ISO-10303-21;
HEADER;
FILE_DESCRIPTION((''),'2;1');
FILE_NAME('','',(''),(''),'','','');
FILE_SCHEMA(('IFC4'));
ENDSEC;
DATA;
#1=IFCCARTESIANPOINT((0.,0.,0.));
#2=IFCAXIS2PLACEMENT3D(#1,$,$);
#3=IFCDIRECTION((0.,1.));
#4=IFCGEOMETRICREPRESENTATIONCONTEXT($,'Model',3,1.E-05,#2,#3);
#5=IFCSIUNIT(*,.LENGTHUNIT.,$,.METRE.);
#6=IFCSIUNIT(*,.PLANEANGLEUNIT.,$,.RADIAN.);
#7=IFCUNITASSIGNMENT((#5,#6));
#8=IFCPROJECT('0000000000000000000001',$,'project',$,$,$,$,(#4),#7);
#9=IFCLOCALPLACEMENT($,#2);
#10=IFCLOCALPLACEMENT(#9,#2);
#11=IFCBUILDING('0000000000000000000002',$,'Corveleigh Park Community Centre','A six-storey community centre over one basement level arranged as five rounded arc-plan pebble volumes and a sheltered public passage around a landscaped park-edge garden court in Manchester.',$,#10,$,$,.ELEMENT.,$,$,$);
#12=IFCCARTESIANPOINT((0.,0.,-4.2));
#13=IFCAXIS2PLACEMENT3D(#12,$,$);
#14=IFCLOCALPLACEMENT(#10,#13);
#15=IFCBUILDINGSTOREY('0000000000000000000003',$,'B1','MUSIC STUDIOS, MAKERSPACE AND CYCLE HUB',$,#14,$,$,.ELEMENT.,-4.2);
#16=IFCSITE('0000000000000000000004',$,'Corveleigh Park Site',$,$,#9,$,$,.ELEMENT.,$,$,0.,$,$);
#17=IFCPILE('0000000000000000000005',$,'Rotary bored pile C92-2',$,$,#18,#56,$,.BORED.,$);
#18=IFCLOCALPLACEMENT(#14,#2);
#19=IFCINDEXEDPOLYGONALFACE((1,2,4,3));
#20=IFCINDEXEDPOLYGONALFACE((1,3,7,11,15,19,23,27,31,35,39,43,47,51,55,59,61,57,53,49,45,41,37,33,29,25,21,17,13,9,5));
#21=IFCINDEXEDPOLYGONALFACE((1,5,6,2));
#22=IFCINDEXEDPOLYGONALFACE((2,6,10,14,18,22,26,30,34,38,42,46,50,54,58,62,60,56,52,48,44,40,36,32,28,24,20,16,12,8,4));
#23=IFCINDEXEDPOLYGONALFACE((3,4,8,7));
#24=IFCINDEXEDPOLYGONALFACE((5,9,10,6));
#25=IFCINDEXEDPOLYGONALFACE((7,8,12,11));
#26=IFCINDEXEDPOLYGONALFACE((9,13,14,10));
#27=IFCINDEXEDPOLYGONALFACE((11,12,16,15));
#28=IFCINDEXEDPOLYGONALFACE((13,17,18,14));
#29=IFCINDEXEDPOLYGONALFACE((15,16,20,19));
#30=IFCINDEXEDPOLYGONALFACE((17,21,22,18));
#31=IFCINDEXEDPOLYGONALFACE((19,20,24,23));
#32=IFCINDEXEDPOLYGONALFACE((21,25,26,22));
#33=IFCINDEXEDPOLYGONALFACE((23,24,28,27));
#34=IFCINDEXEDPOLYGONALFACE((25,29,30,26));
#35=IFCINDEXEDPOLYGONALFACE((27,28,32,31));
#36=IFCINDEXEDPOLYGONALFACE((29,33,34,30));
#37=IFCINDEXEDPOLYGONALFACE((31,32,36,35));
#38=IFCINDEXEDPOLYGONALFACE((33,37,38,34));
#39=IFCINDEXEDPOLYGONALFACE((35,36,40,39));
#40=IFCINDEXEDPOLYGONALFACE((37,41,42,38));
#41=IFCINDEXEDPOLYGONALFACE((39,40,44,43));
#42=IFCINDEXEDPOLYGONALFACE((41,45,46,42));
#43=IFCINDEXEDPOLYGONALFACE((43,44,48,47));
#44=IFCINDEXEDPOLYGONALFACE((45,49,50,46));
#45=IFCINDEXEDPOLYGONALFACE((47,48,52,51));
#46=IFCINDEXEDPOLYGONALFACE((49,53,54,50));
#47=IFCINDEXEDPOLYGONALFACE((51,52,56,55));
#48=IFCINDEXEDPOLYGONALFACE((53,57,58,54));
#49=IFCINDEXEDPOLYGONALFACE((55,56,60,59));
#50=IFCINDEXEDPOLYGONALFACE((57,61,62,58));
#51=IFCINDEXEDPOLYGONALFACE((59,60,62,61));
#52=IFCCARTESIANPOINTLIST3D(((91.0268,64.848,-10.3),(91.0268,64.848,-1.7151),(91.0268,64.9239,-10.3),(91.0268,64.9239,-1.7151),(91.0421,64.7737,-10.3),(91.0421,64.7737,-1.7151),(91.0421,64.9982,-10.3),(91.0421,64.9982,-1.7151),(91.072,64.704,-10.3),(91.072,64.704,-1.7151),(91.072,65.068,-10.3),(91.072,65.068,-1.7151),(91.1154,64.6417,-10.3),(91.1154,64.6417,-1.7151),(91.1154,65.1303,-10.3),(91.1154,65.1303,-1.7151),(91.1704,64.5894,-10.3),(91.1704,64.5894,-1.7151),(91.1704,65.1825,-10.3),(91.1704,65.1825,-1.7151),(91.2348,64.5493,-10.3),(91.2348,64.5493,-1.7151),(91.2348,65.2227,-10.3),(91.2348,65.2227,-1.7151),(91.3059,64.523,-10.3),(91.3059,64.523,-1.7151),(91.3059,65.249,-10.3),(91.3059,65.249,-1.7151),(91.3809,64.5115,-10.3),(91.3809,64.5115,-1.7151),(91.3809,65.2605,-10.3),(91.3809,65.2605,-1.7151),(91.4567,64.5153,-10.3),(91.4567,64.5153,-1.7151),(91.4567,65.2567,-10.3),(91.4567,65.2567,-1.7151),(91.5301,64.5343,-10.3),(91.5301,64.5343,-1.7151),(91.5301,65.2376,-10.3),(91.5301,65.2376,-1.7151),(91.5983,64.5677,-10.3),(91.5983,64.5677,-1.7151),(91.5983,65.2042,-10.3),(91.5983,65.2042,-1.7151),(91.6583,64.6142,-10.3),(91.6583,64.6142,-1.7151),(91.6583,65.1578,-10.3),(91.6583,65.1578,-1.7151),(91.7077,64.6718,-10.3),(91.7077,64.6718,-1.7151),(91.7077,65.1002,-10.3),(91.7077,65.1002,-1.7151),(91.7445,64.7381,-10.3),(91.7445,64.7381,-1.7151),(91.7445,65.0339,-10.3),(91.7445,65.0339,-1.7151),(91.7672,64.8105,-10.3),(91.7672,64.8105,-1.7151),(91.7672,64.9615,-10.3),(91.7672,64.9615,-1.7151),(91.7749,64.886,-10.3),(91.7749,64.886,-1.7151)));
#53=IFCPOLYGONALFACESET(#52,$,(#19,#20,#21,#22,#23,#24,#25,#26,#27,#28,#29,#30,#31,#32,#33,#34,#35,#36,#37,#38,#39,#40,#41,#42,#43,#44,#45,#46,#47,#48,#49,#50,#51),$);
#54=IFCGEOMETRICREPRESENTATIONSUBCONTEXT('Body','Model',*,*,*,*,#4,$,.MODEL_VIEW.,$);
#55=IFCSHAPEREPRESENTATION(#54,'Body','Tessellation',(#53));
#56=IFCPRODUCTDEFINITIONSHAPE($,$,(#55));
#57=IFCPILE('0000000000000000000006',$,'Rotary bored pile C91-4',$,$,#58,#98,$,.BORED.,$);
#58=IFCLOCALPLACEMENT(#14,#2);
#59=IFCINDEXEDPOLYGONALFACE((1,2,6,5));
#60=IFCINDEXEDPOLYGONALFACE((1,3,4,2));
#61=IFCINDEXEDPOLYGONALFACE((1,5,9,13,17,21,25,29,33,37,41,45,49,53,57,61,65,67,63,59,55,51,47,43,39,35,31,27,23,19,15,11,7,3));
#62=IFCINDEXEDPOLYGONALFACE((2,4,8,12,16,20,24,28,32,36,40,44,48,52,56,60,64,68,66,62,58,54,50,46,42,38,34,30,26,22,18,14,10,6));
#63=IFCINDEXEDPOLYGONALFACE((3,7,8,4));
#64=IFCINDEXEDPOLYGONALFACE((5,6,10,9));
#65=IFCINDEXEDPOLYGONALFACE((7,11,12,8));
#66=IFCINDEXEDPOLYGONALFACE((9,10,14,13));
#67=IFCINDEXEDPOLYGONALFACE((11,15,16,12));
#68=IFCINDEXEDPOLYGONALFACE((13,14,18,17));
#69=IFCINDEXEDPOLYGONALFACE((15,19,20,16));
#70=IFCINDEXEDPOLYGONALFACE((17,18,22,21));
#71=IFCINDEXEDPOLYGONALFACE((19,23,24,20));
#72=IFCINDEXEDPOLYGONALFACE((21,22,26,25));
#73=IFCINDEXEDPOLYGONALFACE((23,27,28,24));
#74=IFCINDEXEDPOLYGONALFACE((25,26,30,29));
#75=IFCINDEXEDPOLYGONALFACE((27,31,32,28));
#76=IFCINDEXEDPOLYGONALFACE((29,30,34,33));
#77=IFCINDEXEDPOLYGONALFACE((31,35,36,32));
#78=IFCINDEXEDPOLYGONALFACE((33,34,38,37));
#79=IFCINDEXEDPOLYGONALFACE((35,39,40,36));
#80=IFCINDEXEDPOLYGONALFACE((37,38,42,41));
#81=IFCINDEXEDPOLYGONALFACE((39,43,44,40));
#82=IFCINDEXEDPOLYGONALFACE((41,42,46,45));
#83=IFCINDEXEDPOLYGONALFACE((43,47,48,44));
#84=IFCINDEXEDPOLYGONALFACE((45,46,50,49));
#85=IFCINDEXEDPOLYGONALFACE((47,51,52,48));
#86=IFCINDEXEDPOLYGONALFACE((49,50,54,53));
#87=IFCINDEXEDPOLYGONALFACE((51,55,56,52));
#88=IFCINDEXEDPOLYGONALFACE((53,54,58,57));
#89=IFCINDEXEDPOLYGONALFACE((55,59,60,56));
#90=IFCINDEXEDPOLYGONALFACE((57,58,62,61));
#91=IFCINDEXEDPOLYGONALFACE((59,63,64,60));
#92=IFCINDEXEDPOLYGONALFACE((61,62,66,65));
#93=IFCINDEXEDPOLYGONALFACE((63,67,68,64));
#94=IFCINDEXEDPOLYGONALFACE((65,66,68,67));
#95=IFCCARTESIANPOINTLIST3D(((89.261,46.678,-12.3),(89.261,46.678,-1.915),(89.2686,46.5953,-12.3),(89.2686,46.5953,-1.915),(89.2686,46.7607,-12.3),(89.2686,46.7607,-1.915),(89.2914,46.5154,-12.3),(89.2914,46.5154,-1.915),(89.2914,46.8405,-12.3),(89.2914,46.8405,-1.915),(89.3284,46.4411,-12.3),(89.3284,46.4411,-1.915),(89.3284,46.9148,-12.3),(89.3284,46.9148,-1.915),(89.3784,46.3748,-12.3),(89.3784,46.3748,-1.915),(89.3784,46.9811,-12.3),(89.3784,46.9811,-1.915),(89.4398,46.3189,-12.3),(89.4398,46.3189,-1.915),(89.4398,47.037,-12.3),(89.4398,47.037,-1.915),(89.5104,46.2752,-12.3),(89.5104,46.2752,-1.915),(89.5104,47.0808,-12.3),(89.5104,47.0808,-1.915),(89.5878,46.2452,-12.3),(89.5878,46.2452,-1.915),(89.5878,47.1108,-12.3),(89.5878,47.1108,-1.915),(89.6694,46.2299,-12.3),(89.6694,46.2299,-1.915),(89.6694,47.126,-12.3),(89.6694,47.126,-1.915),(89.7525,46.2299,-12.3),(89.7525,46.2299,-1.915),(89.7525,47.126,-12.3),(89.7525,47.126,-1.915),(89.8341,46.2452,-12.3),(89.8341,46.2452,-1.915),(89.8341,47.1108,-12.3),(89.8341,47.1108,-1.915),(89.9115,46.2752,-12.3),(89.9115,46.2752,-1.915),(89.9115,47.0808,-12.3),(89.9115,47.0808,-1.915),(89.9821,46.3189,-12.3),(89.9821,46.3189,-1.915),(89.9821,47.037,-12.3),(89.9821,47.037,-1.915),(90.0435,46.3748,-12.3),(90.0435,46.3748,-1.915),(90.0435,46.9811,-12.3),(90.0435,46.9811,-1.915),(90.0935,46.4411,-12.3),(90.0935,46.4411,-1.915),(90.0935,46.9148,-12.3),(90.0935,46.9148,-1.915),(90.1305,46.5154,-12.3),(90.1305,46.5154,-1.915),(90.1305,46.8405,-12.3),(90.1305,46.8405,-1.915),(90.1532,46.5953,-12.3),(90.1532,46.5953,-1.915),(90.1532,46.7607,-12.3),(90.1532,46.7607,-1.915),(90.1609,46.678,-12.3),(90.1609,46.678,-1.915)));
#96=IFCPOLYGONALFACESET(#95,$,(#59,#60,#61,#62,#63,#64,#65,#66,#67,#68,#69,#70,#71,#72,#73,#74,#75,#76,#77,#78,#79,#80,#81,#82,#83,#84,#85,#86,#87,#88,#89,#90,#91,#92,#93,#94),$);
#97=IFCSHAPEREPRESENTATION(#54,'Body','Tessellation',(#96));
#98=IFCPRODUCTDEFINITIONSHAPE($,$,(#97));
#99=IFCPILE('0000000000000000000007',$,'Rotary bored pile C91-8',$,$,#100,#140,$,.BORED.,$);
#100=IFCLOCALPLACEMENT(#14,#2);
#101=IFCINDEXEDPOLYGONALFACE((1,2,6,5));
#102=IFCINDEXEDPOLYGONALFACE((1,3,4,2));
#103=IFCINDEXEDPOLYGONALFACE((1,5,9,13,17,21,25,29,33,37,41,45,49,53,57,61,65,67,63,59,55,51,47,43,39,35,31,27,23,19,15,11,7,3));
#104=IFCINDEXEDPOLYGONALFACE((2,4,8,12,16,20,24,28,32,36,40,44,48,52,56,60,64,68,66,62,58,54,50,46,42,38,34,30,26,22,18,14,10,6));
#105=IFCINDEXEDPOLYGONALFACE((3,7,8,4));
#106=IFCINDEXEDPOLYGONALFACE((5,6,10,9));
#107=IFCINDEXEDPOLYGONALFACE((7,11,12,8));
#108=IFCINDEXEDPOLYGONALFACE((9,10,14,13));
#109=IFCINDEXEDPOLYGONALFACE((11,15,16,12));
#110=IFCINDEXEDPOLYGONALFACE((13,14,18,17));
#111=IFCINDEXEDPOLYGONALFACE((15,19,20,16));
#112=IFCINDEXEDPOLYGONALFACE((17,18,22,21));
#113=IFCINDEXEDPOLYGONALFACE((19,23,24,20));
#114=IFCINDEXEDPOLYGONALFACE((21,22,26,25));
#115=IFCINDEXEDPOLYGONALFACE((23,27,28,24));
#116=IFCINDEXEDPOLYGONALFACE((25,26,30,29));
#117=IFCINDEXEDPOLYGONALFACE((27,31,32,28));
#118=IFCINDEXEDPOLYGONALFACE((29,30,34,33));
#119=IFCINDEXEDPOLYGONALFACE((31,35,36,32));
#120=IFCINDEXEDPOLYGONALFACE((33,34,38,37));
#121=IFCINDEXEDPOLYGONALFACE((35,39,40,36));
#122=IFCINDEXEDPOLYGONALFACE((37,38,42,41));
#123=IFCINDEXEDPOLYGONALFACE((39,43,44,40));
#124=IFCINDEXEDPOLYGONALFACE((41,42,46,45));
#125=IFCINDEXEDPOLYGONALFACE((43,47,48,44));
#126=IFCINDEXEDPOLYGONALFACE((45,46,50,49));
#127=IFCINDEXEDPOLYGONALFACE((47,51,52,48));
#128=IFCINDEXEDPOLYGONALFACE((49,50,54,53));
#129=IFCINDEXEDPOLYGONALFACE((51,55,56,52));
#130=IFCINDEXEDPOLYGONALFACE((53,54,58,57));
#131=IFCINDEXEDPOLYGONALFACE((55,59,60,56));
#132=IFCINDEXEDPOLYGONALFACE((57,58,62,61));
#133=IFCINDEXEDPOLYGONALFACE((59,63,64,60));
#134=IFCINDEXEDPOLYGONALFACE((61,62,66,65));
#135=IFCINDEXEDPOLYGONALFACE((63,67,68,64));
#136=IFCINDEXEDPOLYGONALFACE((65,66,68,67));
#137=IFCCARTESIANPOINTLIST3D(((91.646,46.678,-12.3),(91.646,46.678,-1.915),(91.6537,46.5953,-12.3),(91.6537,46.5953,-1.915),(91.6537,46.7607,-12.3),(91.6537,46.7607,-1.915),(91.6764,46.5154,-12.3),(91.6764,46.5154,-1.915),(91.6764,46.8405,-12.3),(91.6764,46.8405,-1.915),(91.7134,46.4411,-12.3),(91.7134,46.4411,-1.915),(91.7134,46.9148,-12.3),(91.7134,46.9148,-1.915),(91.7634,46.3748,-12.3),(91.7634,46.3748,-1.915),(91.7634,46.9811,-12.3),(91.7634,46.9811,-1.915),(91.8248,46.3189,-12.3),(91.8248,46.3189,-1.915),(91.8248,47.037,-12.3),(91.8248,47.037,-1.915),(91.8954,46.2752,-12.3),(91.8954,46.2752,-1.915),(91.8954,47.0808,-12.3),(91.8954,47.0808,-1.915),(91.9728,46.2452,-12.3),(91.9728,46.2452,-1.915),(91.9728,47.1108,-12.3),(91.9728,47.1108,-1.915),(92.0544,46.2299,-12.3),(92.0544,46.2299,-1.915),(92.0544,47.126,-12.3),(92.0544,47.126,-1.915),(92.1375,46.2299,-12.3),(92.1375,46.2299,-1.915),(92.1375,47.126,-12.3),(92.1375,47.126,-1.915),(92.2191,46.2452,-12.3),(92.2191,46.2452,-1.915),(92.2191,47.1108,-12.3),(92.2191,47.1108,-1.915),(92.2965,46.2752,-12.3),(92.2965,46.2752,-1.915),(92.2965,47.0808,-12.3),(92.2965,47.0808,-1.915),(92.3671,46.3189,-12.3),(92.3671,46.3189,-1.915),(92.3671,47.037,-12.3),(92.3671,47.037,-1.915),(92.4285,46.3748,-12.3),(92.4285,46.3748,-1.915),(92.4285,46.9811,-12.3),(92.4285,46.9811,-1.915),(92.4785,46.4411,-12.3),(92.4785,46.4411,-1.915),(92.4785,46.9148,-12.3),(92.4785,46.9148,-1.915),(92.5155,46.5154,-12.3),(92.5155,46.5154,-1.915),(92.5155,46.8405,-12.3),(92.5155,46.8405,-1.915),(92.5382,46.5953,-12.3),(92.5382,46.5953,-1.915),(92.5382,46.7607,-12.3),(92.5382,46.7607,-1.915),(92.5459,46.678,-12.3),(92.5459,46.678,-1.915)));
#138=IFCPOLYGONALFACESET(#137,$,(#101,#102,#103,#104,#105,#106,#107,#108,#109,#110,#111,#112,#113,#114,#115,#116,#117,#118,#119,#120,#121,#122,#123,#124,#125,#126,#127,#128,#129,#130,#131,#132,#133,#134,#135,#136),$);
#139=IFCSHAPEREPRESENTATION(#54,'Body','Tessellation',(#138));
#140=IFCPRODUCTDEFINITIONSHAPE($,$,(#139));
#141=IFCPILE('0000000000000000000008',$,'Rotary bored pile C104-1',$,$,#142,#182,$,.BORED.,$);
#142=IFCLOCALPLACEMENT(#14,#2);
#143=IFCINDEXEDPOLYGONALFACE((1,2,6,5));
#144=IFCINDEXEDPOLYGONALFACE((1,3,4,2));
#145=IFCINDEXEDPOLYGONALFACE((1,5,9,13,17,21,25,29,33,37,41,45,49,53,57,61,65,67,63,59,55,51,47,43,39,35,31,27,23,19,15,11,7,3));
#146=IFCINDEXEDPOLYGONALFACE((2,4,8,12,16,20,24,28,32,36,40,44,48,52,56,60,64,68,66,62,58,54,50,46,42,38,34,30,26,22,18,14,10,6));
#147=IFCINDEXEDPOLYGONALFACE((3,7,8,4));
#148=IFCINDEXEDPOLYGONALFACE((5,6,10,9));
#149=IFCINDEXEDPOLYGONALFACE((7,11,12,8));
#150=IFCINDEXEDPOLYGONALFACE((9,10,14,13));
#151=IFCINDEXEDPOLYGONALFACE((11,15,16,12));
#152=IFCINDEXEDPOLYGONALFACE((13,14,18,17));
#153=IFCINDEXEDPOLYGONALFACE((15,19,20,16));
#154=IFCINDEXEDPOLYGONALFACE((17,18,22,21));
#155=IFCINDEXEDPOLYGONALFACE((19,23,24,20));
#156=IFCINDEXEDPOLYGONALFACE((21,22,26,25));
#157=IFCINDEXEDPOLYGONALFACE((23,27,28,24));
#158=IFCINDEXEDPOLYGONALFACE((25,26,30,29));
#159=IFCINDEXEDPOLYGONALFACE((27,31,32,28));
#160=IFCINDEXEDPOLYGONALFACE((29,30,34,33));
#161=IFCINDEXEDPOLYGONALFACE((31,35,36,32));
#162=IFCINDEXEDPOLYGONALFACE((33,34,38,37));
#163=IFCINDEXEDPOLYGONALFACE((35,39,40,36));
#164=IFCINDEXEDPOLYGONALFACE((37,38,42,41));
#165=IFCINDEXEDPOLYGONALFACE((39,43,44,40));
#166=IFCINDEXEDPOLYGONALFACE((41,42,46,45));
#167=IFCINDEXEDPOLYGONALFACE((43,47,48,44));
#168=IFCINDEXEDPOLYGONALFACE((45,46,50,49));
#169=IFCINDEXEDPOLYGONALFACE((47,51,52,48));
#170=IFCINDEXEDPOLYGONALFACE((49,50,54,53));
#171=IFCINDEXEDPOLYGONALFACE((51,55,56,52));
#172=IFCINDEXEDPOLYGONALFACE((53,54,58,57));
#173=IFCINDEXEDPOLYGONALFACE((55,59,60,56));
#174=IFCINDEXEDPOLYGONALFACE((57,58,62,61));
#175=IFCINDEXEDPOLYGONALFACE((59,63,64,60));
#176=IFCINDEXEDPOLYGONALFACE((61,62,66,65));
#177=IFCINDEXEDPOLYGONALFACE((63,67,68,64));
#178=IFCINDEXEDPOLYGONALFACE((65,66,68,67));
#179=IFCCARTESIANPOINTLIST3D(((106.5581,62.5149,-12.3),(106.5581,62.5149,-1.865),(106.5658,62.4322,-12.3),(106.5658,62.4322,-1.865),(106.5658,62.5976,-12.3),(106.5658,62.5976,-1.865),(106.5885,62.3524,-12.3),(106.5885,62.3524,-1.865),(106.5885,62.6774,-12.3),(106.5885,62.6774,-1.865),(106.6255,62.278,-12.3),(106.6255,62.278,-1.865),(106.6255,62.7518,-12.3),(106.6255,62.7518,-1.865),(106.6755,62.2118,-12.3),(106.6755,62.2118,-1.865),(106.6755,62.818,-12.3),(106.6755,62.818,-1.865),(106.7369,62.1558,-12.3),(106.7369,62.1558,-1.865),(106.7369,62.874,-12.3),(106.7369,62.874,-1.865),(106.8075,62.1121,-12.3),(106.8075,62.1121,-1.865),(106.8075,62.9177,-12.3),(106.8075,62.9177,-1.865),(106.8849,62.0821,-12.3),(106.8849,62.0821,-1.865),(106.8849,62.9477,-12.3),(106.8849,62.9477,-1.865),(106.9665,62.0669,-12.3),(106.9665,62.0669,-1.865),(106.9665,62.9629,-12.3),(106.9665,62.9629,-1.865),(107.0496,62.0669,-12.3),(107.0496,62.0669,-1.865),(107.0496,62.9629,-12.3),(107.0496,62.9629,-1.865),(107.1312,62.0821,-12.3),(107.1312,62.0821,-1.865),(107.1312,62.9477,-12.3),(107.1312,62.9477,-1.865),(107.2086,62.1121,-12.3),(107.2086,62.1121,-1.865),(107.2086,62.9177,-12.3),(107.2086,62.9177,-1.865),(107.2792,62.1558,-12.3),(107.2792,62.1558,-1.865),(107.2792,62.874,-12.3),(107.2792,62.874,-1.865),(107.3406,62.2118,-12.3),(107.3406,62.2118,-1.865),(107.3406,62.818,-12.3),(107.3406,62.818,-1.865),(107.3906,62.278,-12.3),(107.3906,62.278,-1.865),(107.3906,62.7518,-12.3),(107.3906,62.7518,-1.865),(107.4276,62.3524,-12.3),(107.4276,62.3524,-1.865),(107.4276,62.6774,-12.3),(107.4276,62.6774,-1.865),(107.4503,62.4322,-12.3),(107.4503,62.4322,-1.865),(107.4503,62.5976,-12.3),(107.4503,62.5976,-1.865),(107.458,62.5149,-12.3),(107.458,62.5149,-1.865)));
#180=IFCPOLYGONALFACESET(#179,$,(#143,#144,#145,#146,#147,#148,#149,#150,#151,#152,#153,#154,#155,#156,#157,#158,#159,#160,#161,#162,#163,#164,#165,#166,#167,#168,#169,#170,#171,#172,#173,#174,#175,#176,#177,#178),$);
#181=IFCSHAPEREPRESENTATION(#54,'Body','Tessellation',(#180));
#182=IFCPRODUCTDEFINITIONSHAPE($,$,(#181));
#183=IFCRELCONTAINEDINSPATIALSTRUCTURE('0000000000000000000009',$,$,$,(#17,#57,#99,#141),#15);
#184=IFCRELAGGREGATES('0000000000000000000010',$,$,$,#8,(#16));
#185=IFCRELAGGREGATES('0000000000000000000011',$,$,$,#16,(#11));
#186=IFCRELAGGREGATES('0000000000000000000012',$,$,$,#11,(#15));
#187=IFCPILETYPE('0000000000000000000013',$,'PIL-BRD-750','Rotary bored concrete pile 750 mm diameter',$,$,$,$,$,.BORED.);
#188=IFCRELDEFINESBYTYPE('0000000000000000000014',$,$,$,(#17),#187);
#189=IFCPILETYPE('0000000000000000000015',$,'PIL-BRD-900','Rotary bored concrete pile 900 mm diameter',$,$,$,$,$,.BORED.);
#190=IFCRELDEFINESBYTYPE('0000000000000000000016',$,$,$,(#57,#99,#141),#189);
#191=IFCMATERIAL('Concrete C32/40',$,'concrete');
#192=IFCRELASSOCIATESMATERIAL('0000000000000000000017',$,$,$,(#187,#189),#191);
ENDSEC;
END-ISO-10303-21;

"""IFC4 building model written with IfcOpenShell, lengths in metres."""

from ifc_helpers import new_model, si_unit, direction, frame, origin, origin_2d, place, context, subcontext, project, spatial, circle, extrude, material, material_profile, profile_set, type_object, element, save


model = new_model("IFC4")

# Units and contexts
model_context = context("Model", 3, precision=1e-05, world=origin(), true_north=direction((0.0, 1.0)))
body_context = subcontext(model_context, "Body", "Model", "MODEL_VIEW")
ifc_project = project(units=[si_unit("LENGTHUNIT", "METRE"), si_unit("PLANEANGLEUNIT", "RADIAN")], contexts=[model_context])

# Site, building, storey
site_placement = place(None, origin())
site = spatial("IfcSite", under=ifc_project, at=site_placement, Name="Corveleigh Park Site", CompositionType="ELEMENT", RefElevation=0.0)
building_placement = place(site_placement, origin())
building = spatial("IfcBuilding", under=site, at=building_placement, Name="Corveleigh Park Community Centre", Description="A six-storey community centre over one basement level arranged as five rounded arc-plan pebble volumes and a sheltered public passage around a landscaped park-edge garden court in Manchester.", CompositionType="ELEMENT")
storey_placement = place(building_placement, frame((0.0, 0.0, -4.2)))
storey = spatial("IfcBuildingStorey", under=building, at=storey_placement, Name="B1", Description="MUSIC STUDIOS, MAKERSPACE AND CYCLE HUB", CompositionType="ELEMENT", Elevation=-4.2)

# Piles
ifc_material_1 = material(Name="Concrete C32/40", Category="concrete")
ifc_material_profile_1 = material_profile(ifc_material_1, circle(Radius=0.375, at=origin_2d()), Name="BORED-PILE-750", Category="concrete")
ifc_profile_set_1 = profile_set([ifc_material_profile_1], Name="Concrete C32/40")
pile_type_1 = type_object("IfcPileType", Name="PIL-BRD-750", Description="Rotary bored concrete pile 750 mm diameter", PredefinedType="BORED", material=ifc_profile_set_1)
for number, where, z_axis, x_axis, name in (
    (1, (91.3999, 64.886, -1.7151), (0.0, 0.0, -1.0), (1.0, 0.0, 0.0), "Rotary bored pile C92-2"),
):
    element("IfcPile", number, at=place(storey_placement, frame(where, z_axis=z_axis, x_axis=x_axis)), inside=storey, type_object=pile_type_1, Name=name, PredefinedType="BORED", context=body_context, shape_type="SweptSolid", body=[
        extrude(circle(Radius=0.375, at=origin_2d()), origin(), (0.0, 0.0, 1.0), 8.585),
    ])
ifc_material_profile_2 = material_profile(ifc_material_1, circle(Radius=0.45, at=origin_2d()), Name="BORED-PILE-900", Category="concrete")
ifc_profile_set_2 = profile_set([ifc_material_profile_2], Name="Concrete C32/40")
pile_type_2 = type_object("IfcPileType", Name="PIL-BRD-900", Description="Rotary bored concrete pile 900 mm diameter", PredefinedType="BORED", material=ifc_profile_set_2)
for number, where, z_axis, x_axis, name in (
    (2, (89.7109, 46.678, -1.915), (0.0, 0.0, -1.0), (1.0, 0.0, 0.0), "Rotary bored pile C91-4"),
    (3, (92.0959, 46.678, -1.915), (0.0, 0.0, -1.0), (1.0, 0.0, 0.0), "Rotary bored pile C91-8"),
):
    element("IfcPile", number, at=place(storey_placement, frame(where, z_axis=z_axis, x_axis=x_axis)), inside=storey, type_object=pile_type_2, Name=name, PredefinedType="BORED", context=body_context, shape_type="SweptSolid", body=[
        extrude(circle(Radius=0.45, at=origin_2d()), origin(), (0.0, 0.0, 1.0), 10.385),
    ])
for number, where, z_axis, x_axis, name in (
    (4, (107.0081, 62.5149, -1.865), (0.0, 0.0, -1.0), (1.0, 0.0, 0.0), "Rotary bored pile C104-1"),
):
    element("IfcPile", number, at=place(storey_placement, frame(where, z_axis=z_axis, x_axis=x_axis)), inside=storey, type_object=pile_type_2, Name=name, PredefinedType="BORED", context=body_context, shape_type="SweptSolid", body=[
        extrude(circle(Radius=0.45, at=origin_2d()), origin(), (0.0, 0.0, 1.0), 10.4351),
    ])

save(model, "model.ifc")
